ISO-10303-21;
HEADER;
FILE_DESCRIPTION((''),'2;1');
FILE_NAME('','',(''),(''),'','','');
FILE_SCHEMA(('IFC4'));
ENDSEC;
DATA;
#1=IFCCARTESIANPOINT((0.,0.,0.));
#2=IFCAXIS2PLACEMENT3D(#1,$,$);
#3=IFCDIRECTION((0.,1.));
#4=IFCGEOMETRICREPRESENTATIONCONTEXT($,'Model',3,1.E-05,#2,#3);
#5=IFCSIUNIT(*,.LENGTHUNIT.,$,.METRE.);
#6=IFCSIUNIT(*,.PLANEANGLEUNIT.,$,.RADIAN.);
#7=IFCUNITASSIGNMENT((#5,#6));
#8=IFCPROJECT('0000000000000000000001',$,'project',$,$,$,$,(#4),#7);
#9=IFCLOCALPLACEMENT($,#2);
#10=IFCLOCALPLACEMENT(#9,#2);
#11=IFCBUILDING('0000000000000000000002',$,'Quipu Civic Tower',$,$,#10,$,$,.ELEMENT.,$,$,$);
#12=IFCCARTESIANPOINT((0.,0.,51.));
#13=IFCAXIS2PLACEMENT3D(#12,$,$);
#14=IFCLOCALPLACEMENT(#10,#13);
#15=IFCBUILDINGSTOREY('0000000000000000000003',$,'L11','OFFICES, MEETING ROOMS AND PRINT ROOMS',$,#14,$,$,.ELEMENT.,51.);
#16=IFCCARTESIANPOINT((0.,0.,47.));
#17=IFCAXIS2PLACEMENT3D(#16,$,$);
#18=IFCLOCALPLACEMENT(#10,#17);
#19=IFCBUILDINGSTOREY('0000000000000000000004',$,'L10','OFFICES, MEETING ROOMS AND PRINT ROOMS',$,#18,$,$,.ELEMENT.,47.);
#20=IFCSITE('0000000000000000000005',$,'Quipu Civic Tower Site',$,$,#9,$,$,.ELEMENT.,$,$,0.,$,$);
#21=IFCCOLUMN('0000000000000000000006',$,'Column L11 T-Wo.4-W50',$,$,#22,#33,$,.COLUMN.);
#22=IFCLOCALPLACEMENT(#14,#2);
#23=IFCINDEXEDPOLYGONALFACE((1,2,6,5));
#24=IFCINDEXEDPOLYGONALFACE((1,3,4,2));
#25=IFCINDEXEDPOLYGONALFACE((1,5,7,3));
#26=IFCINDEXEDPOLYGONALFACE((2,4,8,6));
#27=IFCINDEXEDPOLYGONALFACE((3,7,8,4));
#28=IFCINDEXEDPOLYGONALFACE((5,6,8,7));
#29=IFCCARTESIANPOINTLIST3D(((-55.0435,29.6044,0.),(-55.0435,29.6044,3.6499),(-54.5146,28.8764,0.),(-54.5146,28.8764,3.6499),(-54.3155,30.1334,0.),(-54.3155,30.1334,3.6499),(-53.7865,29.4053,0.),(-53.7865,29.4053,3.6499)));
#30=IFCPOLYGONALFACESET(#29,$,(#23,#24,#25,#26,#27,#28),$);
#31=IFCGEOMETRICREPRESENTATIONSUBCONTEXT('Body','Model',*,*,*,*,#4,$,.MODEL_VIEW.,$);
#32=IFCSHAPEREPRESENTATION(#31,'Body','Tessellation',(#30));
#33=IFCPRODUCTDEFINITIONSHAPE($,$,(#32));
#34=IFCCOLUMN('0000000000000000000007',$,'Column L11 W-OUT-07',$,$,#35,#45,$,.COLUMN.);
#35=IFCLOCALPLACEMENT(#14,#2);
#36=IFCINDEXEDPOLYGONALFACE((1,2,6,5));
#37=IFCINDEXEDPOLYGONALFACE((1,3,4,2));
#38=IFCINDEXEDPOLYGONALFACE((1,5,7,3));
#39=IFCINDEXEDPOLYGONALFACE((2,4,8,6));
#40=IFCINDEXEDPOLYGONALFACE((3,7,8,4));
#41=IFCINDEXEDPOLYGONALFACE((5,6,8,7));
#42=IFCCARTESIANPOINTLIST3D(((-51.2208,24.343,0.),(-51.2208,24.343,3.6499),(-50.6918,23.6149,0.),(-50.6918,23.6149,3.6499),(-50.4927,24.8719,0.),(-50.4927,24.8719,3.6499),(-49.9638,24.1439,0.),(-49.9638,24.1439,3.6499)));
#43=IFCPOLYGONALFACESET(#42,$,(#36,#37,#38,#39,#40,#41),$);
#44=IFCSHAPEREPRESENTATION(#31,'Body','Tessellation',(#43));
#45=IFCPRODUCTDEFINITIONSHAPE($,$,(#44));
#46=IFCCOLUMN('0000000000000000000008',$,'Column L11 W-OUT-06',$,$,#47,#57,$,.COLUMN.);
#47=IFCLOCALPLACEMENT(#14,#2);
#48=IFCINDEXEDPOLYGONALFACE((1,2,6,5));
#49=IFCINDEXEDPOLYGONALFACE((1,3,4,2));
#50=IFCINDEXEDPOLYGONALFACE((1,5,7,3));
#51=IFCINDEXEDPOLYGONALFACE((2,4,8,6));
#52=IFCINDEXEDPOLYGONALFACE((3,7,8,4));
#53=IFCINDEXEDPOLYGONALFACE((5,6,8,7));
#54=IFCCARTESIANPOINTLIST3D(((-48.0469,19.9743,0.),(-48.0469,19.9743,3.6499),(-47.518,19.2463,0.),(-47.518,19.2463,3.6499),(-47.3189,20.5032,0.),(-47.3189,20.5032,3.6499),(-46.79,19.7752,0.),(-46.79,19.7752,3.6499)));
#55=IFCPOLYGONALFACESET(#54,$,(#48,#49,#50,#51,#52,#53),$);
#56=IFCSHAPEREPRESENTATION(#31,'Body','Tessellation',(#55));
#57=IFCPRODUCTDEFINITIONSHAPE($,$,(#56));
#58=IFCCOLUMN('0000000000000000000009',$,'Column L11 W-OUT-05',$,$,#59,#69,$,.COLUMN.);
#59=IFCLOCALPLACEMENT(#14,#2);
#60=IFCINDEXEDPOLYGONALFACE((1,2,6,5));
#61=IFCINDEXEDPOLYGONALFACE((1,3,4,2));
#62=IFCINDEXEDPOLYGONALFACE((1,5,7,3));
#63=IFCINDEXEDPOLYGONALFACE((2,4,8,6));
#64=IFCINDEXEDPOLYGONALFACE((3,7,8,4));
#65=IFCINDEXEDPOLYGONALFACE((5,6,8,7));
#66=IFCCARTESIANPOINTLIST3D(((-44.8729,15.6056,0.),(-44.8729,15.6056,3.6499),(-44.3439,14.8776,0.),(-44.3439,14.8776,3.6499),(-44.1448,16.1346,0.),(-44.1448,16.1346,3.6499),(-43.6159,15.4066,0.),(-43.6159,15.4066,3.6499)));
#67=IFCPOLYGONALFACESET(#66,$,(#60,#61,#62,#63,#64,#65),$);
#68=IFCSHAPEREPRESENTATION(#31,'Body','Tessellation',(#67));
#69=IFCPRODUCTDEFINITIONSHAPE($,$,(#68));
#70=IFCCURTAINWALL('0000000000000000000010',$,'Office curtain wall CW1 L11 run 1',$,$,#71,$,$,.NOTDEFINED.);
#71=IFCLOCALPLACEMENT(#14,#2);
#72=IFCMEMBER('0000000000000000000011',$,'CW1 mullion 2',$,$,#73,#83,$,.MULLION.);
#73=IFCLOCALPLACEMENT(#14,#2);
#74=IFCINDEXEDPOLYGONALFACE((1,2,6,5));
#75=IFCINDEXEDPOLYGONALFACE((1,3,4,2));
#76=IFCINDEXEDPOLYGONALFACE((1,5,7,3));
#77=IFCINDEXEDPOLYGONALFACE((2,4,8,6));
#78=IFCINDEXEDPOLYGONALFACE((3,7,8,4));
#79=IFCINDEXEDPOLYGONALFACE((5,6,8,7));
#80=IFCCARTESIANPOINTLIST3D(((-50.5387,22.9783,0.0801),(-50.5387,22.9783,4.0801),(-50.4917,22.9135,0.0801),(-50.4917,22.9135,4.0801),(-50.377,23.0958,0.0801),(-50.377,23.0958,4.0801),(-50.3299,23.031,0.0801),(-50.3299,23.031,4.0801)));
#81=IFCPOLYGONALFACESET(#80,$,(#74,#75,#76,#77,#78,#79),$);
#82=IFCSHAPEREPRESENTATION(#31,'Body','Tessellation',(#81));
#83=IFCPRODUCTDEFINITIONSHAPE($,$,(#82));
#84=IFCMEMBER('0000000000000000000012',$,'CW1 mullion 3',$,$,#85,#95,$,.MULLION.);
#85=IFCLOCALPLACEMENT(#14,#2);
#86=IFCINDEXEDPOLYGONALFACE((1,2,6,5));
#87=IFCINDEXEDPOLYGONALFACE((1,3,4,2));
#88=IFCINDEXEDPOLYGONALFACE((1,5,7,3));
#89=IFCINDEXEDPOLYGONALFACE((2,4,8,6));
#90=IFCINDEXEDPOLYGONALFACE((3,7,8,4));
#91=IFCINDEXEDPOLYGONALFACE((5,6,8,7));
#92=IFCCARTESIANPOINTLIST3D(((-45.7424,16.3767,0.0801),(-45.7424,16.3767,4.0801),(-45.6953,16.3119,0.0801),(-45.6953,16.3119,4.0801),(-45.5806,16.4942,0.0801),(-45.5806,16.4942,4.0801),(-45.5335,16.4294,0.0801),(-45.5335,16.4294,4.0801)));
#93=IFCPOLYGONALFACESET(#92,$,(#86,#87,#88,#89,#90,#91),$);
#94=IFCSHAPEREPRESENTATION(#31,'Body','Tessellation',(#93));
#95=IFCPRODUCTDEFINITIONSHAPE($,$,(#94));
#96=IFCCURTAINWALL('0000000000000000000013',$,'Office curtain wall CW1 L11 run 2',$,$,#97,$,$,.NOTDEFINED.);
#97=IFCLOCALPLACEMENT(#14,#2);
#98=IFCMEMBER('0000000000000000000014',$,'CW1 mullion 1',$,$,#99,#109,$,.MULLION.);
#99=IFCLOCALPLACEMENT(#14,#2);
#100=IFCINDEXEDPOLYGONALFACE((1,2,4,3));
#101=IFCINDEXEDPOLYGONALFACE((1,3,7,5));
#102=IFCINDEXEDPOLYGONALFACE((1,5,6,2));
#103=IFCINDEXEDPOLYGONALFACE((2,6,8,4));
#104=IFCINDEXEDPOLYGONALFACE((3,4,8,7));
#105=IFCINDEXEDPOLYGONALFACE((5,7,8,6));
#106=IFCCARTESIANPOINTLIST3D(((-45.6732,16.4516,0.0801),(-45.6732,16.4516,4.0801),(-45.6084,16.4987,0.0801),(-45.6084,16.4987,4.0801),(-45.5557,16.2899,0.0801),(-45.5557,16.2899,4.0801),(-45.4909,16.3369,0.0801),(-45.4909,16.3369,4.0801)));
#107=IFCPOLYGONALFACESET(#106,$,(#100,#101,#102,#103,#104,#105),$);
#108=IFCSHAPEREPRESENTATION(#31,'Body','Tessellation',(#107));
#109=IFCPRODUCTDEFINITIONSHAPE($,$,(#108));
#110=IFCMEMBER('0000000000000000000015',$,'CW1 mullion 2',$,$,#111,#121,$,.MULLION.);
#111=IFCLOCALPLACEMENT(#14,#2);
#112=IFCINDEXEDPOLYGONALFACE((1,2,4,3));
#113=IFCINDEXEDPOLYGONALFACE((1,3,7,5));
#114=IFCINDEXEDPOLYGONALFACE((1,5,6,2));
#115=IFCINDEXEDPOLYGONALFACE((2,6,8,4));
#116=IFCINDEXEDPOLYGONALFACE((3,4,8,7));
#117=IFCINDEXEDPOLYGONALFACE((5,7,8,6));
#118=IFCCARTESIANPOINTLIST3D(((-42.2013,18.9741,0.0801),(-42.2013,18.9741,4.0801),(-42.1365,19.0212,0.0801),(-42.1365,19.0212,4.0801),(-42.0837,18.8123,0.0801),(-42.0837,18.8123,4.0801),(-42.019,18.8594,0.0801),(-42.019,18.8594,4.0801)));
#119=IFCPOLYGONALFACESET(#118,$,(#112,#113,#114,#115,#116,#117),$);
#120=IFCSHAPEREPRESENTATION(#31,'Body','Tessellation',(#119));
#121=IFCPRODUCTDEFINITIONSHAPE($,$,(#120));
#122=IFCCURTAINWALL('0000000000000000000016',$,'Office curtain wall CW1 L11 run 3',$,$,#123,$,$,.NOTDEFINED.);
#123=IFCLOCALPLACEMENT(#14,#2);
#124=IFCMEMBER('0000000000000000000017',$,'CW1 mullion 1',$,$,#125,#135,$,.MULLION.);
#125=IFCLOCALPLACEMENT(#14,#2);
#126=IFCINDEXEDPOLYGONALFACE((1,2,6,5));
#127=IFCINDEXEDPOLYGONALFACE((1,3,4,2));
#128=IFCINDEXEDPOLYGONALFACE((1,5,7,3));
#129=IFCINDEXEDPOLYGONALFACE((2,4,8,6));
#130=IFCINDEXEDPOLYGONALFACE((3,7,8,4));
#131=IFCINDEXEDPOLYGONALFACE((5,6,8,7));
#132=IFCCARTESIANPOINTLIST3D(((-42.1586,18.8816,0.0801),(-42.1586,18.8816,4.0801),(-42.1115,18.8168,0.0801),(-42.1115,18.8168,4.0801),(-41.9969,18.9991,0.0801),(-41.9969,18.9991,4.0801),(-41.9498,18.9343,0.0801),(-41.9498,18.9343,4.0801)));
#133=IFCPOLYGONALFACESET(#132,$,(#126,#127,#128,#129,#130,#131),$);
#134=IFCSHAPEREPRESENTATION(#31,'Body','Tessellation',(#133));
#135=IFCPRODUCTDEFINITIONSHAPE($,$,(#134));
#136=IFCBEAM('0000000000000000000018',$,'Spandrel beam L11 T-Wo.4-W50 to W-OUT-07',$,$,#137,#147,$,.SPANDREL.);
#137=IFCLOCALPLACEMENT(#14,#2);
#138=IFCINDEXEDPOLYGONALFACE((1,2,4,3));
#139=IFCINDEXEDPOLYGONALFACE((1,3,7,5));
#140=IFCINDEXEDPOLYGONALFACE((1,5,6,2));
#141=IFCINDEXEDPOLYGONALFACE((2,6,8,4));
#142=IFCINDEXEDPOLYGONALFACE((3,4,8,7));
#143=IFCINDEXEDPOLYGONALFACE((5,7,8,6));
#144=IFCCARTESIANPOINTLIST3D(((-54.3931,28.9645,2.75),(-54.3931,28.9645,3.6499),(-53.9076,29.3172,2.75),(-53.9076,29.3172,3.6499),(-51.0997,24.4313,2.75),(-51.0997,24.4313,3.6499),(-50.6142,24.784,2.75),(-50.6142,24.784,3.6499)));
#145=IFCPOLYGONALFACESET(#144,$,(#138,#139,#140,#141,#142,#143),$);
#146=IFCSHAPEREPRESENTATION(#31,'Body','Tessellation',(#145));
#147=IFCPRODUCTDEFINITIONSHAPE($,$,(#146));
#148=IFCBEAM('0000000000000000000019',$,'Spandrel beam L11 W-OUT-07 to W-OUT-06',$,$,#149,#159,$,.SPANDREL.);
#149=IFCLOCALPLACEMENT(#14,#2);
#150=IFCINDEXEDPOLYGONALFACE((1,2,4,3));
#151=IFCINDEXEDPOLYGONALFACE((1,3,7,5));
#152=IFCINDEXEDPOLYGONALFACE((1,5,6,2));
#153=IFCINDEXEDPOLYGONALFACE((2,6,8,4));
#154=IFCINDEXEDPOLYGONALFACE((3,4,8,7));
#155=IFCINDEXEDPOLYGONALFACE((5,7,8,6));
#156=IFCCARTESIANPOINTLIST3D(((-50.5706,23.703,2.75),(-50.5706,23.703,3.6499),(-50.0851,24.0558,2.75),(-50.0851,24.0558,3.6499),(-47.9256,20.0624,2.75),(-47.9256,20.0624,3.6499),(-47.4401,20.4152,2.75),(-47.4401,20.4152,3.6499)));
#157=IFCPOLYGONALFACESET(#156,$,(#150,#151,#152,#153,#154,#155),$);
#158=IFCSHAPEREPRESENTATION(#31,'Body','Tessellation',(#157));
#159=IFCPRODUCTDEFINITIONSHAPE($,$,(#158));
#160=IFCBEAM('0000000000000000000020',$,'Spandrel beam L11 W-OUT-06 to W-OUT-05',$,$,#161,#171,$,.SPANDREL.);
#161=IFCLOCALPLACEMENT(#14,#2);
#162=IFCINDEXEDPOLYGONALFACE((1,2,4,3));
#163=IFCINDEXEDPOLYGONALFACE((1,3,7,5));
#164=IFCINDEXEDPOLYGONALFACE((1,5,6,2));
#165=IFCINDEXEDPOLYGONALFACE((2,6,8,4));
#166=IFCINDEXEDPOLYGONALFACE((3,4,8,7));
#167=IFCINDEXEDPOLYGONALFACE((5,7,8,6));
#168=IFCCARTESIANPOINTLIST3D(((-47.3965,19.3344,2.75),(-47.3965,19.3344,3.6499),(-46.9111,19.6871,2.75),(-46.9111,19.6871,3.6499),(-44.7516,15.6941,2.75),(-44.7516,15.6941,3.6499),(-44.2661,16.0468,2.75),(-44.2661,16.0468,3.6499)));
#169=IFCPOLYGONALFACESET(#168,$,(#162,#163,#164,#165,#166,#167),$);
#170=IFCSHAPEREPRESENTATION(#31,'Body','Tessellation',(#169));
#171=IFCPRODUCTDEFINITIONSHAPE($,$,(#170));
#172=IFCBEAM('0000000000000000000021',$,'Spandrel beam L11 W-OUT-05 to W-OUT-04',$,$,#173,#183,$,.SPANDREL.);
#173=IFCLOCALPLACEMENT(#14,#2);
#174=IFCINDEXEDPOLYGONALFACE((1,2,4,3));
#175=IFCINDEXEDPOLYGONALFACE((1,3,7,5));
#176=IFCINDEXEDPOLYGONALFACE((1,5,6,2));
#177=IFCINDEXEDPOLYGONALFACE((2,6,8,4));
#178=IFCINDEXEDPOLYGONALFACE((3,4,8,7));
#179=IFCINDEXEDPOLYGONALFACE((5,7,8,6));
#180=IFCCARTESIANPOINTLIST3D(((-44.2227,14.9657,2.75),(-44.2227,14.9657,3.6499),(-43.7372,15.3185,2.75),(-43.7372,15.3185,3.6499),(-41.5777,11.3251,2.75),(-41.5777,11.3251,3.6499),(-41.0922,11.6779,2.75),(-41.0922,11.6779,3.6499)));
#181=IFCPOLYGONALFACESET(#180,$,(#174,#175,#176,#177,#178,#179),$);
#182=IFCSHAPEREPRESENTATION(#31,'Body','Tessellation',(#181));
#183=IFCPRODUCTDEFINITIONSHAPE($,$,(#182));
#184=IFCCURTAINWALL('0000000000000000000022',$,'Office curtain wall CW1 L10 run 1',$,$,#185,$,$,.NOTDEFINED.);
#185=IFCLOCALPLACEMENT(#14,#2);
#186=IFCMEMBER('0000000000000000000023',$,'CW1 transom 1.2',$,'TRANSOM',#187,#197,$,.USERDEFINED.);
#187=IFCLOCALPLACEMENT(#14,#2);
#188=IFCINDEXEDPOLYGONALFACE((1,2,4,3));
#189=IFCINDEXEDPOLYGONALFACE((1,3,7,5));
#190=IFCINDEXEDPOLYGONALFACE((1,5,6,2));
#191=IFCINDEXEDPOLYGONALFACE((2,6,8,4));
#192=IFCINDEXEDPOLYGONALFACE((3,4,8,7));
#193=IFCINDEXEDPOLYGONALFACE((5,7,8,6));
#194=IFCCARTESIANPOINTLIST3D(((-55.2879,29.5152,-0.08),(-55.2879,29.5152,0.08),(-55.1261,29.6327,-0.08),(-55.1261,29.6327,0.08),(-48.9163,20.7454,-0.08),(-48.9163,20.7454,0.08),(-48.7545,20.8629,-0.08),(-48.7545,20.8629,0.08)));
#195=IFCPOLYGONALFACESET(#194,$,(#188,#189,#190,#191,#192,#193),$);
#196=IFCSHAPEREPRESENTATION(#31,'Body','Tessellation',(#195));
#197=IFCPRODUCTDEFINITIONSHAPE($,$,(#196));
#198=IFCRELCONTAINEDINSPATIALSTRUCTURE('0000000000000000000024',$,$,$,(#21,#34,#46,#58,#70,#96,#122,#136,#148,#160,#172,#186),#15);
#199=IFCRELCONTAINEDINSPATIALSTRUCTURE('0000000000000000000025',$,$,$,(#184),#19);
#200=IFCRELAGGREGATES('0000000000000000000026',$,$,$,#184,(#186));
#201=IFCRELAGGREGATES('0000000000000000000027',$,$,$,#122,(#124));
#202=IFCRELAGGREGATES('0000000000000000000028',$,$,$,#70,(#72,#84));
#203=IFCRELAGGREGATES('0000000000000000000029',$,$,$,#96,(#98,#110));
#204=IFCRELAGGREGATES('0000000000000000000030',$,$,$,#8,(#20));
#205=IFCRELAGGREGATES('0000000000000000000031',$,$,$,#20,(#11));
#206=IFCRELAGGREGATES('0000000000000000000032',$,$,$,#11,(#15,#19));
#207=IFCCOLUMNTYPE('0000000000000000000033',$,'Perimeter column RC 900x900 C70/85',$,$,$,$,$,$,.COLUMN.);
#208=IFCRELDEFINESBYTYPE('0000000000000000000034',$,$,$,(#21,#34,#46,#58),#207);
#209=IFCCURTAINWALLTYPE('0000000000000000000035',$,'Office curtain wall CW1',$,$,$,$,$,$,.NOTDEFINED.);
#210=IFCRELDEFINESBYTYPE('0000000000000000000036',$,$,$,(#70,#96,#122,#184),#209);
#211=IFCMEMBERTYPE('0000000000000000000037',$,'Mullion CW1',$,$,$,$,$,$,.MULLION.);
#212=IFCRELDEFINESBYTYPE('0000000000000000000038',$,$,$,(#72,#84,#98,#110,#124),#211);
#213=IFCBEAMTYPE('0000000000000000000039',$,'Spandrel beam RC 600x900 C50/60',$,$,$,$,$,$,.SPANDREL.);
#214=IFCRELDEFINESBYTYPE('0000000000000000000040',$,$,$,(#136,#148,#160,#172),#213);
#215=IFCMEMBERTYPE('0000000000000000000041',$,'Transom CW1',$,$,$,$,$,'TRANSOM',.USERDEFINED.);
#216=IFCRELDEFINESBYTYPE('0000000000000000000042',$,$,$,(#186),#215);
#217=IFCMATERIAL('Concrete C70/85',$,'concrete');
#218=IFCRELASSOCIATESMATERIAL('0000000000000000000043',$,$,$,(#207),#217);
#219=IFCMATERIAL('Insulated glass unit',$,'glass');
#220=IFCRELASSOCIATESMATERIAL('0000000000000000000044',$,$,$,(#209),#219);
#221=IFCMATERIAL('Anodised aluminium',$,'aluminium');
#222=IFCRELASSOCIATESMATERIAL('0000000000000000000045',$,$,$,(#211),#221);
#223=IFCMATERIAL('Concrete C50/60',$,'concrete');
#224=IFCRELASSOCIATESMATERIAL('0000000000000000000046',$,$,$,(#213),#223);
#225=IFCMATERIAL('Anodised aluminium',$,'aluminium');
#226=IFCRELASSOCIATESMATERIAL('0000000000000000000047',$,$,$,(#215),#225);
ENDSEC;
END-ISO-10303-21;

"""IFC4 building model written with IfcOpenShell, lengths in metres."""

from ifc_helpers import new_model, si_unit, direction, frame, origin, origin_2d, place, context, subcontext, project, spatial, rectangle, extrude, material, material_profile, profile_set, type_object, element, aggregate, save


model = new_model("IFC4")

# Units and contexts
model_context = context("Model", 3, precision=1e-05, world=origin(), true_north=direction((0.0, 1.0)))
body_context = subcontext(model_context, "Body", "Model", "MODEL_VIEW")
ifc_project = project(units=[si_unit("LENGTHUNIT", "METRE"), si_unit("PLANEANGLEUNIT", "RADIAN")], contexts=[model_context])

# Site, building, storey
site_placement = place(None, origin())
site = spatial("IfcSite", under=ifc_project, at=site_placement, Name="Quipu Civic Tower Site", CompositionType="ELEMENT", RefElevation=0.0)
building_placement = place(site_placement, origin())
building = spatial("IfcBuilding", under=site, at=building_placement, Name="Quipu Civic Tower", CompositionType="ELEMENT")
storey_1_placement = place(building_placement, frame((0.0, 0.0, 51.0)))
storey_1 = spatial("IfcBuildingStorey", under=building, at=storey_1_placement, Name="L11", Description="OFFICES, MEETING ROOMS AND PRINT ROOMS", CompositionType="ELEMENT", Elevation=51.0)

# Columns
ifc_material_1 = material(Name="Concrete C70/85", Category="concrete")
ifc_material_profile_1 = material_profile(ifc_material_1, rectangle(XDim=0.8999, YDim=0.8999, at=origin_2d()), Name="RC900x900")
ifc_profile_set_1 = profile_set([ifc_material_profile_1], Name="Concrete C70/85")
column_type = type_object("IfcColumnType", Name="Perimeter column RC 900x900 C70/85", PredefinedType="COLUMN", material=ifc_profile_set_1)
for number, where, z_axis, x_axis, name in (
    (1, (-54.415, 29.5049, 0.0), (0.0, 0.0, 1.0), (0.587785, -0.809017, 0.0), "Column L11 T-Wo.4-W50"),
    (2, (-50.5923, 24.2434, 0.0), (0.0, 0.0, 1.0), (0.587785, -0.809017, 0.0), "Column L11 W-OUT-07"),
    (3, (-47.4185, 19.8748, 0.0), (0.0, 0.0, 1.0), (0.587785, -0.809017, 0.0), "Column L11 W-OUT-06"),
    (4, (-44.2444, 15.5061, 0.0), (0.0, 0.0, 1.0), (0.587785, -0.809017, 0.0), "Column L11 W-OUT-05"),
):
    element("IfcColumn", number, at=place(storey_1_placement, frame(where, z_axis=z_axis, x_axis=x_axis)), inside=storey_1, type_object=column_type, Name=name, PredefinedType="COLUMN", context=body_context, shape_type="SweptSolid", body=[
        extrude(rectangle(XDim=0.8999, YDim=0.8999, at=origin_2d()), origin(), (0.0, 0.0, 1.0), 3.6499),
    ])

# Curtain walls, members
ifc_material_2 = material(Name="Insulated glass unit", Category="glass")
curtain_wall_type = type_object("IfcCurtainWallType", Name="Office curtain wall CW1", PredefinedType="NOTDEFINED", material=ifc_material_2)
curtain_wall_1_placement = place(storey_1_placement, origin())
curtain_wall_1 = element("IfcCurtainWall", 5, at=curtain_wall_1_placement, inside=storey_1, type_object=curtain_wall_type, Name="Office curtain wall CW1 L11 run 1", PredefinedType="NOTDEFINED")
ifc_material_3 = material(Name="Anodised aluminium", Category="aluminium")
ifc_material_profile_2 = material_profile(ifc_material_3, rectangle(XDim=0.2, YDim=0.0801, at=origin_2d()), Name="RECT 200x80")
ifc_profile_set_2 = profile_set([ifc_material_profile_2], Name="Anodised aluminium")
member_type_1 = type_object("IfcMemberType", Name="Mullion CW1", PredefinedType="MULLION", material=ifc_profile_set_2)
member_1_placement = place(storey_1_placement, frame((-50.4343, 23.0046, 0.0801), z_axis=(0.0, 0.0, 1.0), x_axis=(0.809017, 0.587786, 0.0)))
member_1 = element("IfcMember", 6, at=member_1_placement, type_object=member_type_1, Name="CW1 mullion 2", PredefinedType="MULLION", context=body_context, shape_type="SweptSolid", body=[
    extrude(rectangle(XDim=0.2, YDim=0.0801, at=origin_2d()), origin(), (0.0, 0.0, 1.0), 4.0),
])
member_2_placement = place(storey_1_placement, frame((-45.6379, 16.4031, 0.0801), z_axis=(0.0, 0.0, 1.0), x_axis=(0.809017, 0.587786, 0.0)))
member_2 = element("IfcMember", 7, at=member_2_placement, type_object=member_type_1, Name="CW1 mullion 3", PredefinedType="MULLION", context=body_context, shape_type="SweptSolid", body=[
    extrude(rectangle(XDim=0.2, YDim=0.0801, at=origin_2d()), origin(), (0.0, 0.0, 1.0), 4.0),
])
curtain_wall_2_placement = place(storey_1_placement, origin())
curtain_wall_2 = element("IfcCurtainWall", 8, at=curtain_wall_2_placement, inside=storey_1, type_object=curtain_wall_type, Name="Office curtain wall CW1 L11 run 2", PredefinedType="NOTDEFINED")
member_3_placement = place(storey_1_placement, frame((-45.582, 16.3943, 0.0801), z_axis=(0.0, 0.0, 1.0), x_axis=(-0.587787, 0.809016, 0.0)))
member_3 = element("IfcMember", 9, at=member_3_placement, type_object=member_type_1, Name="CW1 mullion 1", PredefinedType="MULLION", context=body_context, shape_type="SweptSolid", body=[
    extrude(rectangle(XDim=0.2, YDim=0.0801, at=origin_2d()), origin(), (0.0, 0.0, 1.0), 4.0),
])
member_4_placement = place(storey_1_placement, frame((-42.1101, 18.9167, 0.0801), z_axis=(0.0, 0.0, 1.0), x_axis=(-0.587787, 0.809016, 0.0)))
member_4 = element("IfcMember", 10, at=member_4_placement, type_object=member_type_1, Name="CW1 mullion 2", PredefinedType="MULLION", context=body_context, shape_type="SweptSolid", body=[
    extrude(rectangle(XDim=0.2, YDim=0.0801, at=origin_2d()), origin(), (0.0, 0.0, 1.0), 4.0),
])

# Curtain wall, member
curtain_wall_3_placement = place(storey_1_placement, origin())
curtain_wall_3 = element("IfcCurtainWall", 11, at=curtain_wall_3_placement, inside=storey_1, type_object=curtain_wall_type, Name="Office curtain wall CW1 L11 run 3", PredefinedType="NOTDEFINED")
member_5_placement = place(storey_1_placement, frame((-42.0542, 18.908, 0.0801), z_axis=(0.0, 0.0, 1.0), x_axis=(0.809015, 0.587788, 0.0)))
member_5 = element("IfcMember", 12, at=member_5_placement, type_object=member_type_1, Name="CW1 mullion 1", PredefinedType="MULLION", context=body_context, shape_type="SweptSolid", body=[
    extrude(rectangle(XDim=0.2, YDim=0.0801, at=origin_2d()), origin(), (0.0, 0.0, 1.0), 4.0),
])

# Beams
ifc_material_4 = material(Name="Concrete C50/60", Category="concrete")
ifc_material_profile_3 = material_profile(ifc_material_4, rectangle(XDim=0.6001, YDim=0.8999, at=origin_2d()), Name="RC600x900")
ifc_profile_set_3 = profile_set([ifc_material_profile_3], Name="Concrete C50/60")
beam_type = type_object("IfcBeamType", Name="Spandrel beam RC 600x900 C50/60", PredefinedType="SPANDREL", material=ifc_profile_set_3)
beam_1_placement = place(storey_1_placement, frame((-54.1504, 29.1409, 3.2), z_axis=(0.587773, -0.809026, 0.0), x_axis=(0.809026, 0.587773, 0.0)))
element("IfcBeam", 13, at=beam_1_placement, inside=storey_1, type_object=beam_type, Name="Spandrel beam L11 T-Wo.4-W50 to W-OUT-07", PredefinedType="SPANDREL", context=body_context, shape_type="SweptSolid", body=[
    extrude(rectangle(XDim=0.6001, YDim=0.8999, at=origin_2d()), origin(), (0.0, 0.0, 1.0), 5.6033),
])
beam_2_placement = place(storey_1_placement, frame((-50.3279, 23.8794, 3.2), z_axis=(0.587778, -0.809022, 0.0), x_axis=(0.809022, 0.587778, 0.0)))
element("IfcBeam", 14, at=beam_2_placement, inside=storey_1, type_object=beam_type, Name="Spandrel beam L11 W-OUT-07 to W-OUT-06", PredefinedType="SPANDREL", context=body_context, shape_type="SweptSolid", body=[
    extrude(rectangle(XDim=0.6001, YDim=0.8999, at=origin_2d()), origin(), (0.0, 0.0, 1.0), 4.5),
])
beam_3_placement = place(storey_1_placement, frame((-47.1538, 19.5107, 3.2), z_axis=(0.587804, -0.809003, 0.0), x_axis=(0.809003, 0.587804, 0.0)))
element("IfcBeam", 15, at=beam_3_placement, inside=storey_1, type_object=beam_type, Name="Spandrel beam L11 W-OUT-06 to W-OUT-05", PredefinedType="SPANDREL", context=body_context, shape_type="SweptSolid", body=[
    extrude(rectangle(XDim=0.6001, YDim=0.8999, at=origin_2d()), origin(), (0.0, 0.0, 1.0), 4.4998),
])
beam_4_placement = place(storey_1_placement, frame((-43.98, 15.1421, 3.2), z_axis=(0.587778, -0.809022, 0.0), x_axis=(0.809022, 0.587778, 0.0)))
element("IfcBeam", 16, at=beam_4_placement, inside=storey_1, type_object=beam_type, Name="Spandrel beam L11 W-OUT-05 to W-OUT-04", PredefinedType="SPANDREL", context=body_context, shape_type="SweptSolid", body=[
    extrude(rectangle(XDim=0.6001, YDim=0.8999, at=origin_2d()), origin(), (0.0, 0.0, 1.0), 4.5),
])

# Shared definitions
storey_2_placement = place(building_placement, frame((0.0, 0.0, 47.0)))
storey_2 = spatial("IfcBuildingStorey", under=building, at=storey_2_placement, Name="L10", Description="OFFICES, MEETING ROOMS AND PRINT ROOMS", CompositionType="ELEMENT", Elevation=47.0)

# Curtain wall, member
curtain_wall_4_placement = place(storey_2_placement, origin())
curtain_wall_4 = element("IfcCurtainWall", 17, at=curtain_wall_4_placement, inside=storey_2, type_object=curtain_wall_type, Name="Office curtain wall CW1 L10 run 1", PredefinedType="NOTDEFINED")
ifc_material_5 = material(Name="Anodised aluminium", Category="aluminium")
ifc_material_profile_4 = material_profile(ifc_material_5, rectangle(XDim=0.2, YDim=0.1599, at=origin_2d()), Name="RECT 200x160")
ifc_profile_set_4 = profile_set([ifc_material_profile_4], Name="Anodised aluminium")
member_type_2 = type_object("IfcMemberType", Name="Transom CW1", ElementType="TRANSOM", PredefinedType="USERDEFINED", material=ifc_profile_set_4)
member_6_placement = place(storey_1_placement, frame((-55.207, 29.574, 0.0), z_axis=(0.587783, -0.809018, 0.0), x_axis=(0.809018, 0.587783, 0.0)))
member_6 = element("IfcMember", 18, at=member_6_placement, inside=storey_1, type_object=member_type_2, Name="CW1 transom 1.2", ObjectType="TRANSOM", PredefinedType="USERDEFINED", context=body_context, shape_type="SweptSolid", body=[
    extrude(rectangle(XDim=0.2, YDim=0.1599, at=origin_2d()), origin(), (0.0, 0.0, 1.0), 10.8401),
])
aggregate(curtain_wall_4, [member_6])

aggregate(curtain_wall_3, [member_5])

aggregate(curtain_wall_1, [member_1, member_2])
aggregate(curtain_wall_2, [member_3, member_4])

save(model, "model.ifc")
